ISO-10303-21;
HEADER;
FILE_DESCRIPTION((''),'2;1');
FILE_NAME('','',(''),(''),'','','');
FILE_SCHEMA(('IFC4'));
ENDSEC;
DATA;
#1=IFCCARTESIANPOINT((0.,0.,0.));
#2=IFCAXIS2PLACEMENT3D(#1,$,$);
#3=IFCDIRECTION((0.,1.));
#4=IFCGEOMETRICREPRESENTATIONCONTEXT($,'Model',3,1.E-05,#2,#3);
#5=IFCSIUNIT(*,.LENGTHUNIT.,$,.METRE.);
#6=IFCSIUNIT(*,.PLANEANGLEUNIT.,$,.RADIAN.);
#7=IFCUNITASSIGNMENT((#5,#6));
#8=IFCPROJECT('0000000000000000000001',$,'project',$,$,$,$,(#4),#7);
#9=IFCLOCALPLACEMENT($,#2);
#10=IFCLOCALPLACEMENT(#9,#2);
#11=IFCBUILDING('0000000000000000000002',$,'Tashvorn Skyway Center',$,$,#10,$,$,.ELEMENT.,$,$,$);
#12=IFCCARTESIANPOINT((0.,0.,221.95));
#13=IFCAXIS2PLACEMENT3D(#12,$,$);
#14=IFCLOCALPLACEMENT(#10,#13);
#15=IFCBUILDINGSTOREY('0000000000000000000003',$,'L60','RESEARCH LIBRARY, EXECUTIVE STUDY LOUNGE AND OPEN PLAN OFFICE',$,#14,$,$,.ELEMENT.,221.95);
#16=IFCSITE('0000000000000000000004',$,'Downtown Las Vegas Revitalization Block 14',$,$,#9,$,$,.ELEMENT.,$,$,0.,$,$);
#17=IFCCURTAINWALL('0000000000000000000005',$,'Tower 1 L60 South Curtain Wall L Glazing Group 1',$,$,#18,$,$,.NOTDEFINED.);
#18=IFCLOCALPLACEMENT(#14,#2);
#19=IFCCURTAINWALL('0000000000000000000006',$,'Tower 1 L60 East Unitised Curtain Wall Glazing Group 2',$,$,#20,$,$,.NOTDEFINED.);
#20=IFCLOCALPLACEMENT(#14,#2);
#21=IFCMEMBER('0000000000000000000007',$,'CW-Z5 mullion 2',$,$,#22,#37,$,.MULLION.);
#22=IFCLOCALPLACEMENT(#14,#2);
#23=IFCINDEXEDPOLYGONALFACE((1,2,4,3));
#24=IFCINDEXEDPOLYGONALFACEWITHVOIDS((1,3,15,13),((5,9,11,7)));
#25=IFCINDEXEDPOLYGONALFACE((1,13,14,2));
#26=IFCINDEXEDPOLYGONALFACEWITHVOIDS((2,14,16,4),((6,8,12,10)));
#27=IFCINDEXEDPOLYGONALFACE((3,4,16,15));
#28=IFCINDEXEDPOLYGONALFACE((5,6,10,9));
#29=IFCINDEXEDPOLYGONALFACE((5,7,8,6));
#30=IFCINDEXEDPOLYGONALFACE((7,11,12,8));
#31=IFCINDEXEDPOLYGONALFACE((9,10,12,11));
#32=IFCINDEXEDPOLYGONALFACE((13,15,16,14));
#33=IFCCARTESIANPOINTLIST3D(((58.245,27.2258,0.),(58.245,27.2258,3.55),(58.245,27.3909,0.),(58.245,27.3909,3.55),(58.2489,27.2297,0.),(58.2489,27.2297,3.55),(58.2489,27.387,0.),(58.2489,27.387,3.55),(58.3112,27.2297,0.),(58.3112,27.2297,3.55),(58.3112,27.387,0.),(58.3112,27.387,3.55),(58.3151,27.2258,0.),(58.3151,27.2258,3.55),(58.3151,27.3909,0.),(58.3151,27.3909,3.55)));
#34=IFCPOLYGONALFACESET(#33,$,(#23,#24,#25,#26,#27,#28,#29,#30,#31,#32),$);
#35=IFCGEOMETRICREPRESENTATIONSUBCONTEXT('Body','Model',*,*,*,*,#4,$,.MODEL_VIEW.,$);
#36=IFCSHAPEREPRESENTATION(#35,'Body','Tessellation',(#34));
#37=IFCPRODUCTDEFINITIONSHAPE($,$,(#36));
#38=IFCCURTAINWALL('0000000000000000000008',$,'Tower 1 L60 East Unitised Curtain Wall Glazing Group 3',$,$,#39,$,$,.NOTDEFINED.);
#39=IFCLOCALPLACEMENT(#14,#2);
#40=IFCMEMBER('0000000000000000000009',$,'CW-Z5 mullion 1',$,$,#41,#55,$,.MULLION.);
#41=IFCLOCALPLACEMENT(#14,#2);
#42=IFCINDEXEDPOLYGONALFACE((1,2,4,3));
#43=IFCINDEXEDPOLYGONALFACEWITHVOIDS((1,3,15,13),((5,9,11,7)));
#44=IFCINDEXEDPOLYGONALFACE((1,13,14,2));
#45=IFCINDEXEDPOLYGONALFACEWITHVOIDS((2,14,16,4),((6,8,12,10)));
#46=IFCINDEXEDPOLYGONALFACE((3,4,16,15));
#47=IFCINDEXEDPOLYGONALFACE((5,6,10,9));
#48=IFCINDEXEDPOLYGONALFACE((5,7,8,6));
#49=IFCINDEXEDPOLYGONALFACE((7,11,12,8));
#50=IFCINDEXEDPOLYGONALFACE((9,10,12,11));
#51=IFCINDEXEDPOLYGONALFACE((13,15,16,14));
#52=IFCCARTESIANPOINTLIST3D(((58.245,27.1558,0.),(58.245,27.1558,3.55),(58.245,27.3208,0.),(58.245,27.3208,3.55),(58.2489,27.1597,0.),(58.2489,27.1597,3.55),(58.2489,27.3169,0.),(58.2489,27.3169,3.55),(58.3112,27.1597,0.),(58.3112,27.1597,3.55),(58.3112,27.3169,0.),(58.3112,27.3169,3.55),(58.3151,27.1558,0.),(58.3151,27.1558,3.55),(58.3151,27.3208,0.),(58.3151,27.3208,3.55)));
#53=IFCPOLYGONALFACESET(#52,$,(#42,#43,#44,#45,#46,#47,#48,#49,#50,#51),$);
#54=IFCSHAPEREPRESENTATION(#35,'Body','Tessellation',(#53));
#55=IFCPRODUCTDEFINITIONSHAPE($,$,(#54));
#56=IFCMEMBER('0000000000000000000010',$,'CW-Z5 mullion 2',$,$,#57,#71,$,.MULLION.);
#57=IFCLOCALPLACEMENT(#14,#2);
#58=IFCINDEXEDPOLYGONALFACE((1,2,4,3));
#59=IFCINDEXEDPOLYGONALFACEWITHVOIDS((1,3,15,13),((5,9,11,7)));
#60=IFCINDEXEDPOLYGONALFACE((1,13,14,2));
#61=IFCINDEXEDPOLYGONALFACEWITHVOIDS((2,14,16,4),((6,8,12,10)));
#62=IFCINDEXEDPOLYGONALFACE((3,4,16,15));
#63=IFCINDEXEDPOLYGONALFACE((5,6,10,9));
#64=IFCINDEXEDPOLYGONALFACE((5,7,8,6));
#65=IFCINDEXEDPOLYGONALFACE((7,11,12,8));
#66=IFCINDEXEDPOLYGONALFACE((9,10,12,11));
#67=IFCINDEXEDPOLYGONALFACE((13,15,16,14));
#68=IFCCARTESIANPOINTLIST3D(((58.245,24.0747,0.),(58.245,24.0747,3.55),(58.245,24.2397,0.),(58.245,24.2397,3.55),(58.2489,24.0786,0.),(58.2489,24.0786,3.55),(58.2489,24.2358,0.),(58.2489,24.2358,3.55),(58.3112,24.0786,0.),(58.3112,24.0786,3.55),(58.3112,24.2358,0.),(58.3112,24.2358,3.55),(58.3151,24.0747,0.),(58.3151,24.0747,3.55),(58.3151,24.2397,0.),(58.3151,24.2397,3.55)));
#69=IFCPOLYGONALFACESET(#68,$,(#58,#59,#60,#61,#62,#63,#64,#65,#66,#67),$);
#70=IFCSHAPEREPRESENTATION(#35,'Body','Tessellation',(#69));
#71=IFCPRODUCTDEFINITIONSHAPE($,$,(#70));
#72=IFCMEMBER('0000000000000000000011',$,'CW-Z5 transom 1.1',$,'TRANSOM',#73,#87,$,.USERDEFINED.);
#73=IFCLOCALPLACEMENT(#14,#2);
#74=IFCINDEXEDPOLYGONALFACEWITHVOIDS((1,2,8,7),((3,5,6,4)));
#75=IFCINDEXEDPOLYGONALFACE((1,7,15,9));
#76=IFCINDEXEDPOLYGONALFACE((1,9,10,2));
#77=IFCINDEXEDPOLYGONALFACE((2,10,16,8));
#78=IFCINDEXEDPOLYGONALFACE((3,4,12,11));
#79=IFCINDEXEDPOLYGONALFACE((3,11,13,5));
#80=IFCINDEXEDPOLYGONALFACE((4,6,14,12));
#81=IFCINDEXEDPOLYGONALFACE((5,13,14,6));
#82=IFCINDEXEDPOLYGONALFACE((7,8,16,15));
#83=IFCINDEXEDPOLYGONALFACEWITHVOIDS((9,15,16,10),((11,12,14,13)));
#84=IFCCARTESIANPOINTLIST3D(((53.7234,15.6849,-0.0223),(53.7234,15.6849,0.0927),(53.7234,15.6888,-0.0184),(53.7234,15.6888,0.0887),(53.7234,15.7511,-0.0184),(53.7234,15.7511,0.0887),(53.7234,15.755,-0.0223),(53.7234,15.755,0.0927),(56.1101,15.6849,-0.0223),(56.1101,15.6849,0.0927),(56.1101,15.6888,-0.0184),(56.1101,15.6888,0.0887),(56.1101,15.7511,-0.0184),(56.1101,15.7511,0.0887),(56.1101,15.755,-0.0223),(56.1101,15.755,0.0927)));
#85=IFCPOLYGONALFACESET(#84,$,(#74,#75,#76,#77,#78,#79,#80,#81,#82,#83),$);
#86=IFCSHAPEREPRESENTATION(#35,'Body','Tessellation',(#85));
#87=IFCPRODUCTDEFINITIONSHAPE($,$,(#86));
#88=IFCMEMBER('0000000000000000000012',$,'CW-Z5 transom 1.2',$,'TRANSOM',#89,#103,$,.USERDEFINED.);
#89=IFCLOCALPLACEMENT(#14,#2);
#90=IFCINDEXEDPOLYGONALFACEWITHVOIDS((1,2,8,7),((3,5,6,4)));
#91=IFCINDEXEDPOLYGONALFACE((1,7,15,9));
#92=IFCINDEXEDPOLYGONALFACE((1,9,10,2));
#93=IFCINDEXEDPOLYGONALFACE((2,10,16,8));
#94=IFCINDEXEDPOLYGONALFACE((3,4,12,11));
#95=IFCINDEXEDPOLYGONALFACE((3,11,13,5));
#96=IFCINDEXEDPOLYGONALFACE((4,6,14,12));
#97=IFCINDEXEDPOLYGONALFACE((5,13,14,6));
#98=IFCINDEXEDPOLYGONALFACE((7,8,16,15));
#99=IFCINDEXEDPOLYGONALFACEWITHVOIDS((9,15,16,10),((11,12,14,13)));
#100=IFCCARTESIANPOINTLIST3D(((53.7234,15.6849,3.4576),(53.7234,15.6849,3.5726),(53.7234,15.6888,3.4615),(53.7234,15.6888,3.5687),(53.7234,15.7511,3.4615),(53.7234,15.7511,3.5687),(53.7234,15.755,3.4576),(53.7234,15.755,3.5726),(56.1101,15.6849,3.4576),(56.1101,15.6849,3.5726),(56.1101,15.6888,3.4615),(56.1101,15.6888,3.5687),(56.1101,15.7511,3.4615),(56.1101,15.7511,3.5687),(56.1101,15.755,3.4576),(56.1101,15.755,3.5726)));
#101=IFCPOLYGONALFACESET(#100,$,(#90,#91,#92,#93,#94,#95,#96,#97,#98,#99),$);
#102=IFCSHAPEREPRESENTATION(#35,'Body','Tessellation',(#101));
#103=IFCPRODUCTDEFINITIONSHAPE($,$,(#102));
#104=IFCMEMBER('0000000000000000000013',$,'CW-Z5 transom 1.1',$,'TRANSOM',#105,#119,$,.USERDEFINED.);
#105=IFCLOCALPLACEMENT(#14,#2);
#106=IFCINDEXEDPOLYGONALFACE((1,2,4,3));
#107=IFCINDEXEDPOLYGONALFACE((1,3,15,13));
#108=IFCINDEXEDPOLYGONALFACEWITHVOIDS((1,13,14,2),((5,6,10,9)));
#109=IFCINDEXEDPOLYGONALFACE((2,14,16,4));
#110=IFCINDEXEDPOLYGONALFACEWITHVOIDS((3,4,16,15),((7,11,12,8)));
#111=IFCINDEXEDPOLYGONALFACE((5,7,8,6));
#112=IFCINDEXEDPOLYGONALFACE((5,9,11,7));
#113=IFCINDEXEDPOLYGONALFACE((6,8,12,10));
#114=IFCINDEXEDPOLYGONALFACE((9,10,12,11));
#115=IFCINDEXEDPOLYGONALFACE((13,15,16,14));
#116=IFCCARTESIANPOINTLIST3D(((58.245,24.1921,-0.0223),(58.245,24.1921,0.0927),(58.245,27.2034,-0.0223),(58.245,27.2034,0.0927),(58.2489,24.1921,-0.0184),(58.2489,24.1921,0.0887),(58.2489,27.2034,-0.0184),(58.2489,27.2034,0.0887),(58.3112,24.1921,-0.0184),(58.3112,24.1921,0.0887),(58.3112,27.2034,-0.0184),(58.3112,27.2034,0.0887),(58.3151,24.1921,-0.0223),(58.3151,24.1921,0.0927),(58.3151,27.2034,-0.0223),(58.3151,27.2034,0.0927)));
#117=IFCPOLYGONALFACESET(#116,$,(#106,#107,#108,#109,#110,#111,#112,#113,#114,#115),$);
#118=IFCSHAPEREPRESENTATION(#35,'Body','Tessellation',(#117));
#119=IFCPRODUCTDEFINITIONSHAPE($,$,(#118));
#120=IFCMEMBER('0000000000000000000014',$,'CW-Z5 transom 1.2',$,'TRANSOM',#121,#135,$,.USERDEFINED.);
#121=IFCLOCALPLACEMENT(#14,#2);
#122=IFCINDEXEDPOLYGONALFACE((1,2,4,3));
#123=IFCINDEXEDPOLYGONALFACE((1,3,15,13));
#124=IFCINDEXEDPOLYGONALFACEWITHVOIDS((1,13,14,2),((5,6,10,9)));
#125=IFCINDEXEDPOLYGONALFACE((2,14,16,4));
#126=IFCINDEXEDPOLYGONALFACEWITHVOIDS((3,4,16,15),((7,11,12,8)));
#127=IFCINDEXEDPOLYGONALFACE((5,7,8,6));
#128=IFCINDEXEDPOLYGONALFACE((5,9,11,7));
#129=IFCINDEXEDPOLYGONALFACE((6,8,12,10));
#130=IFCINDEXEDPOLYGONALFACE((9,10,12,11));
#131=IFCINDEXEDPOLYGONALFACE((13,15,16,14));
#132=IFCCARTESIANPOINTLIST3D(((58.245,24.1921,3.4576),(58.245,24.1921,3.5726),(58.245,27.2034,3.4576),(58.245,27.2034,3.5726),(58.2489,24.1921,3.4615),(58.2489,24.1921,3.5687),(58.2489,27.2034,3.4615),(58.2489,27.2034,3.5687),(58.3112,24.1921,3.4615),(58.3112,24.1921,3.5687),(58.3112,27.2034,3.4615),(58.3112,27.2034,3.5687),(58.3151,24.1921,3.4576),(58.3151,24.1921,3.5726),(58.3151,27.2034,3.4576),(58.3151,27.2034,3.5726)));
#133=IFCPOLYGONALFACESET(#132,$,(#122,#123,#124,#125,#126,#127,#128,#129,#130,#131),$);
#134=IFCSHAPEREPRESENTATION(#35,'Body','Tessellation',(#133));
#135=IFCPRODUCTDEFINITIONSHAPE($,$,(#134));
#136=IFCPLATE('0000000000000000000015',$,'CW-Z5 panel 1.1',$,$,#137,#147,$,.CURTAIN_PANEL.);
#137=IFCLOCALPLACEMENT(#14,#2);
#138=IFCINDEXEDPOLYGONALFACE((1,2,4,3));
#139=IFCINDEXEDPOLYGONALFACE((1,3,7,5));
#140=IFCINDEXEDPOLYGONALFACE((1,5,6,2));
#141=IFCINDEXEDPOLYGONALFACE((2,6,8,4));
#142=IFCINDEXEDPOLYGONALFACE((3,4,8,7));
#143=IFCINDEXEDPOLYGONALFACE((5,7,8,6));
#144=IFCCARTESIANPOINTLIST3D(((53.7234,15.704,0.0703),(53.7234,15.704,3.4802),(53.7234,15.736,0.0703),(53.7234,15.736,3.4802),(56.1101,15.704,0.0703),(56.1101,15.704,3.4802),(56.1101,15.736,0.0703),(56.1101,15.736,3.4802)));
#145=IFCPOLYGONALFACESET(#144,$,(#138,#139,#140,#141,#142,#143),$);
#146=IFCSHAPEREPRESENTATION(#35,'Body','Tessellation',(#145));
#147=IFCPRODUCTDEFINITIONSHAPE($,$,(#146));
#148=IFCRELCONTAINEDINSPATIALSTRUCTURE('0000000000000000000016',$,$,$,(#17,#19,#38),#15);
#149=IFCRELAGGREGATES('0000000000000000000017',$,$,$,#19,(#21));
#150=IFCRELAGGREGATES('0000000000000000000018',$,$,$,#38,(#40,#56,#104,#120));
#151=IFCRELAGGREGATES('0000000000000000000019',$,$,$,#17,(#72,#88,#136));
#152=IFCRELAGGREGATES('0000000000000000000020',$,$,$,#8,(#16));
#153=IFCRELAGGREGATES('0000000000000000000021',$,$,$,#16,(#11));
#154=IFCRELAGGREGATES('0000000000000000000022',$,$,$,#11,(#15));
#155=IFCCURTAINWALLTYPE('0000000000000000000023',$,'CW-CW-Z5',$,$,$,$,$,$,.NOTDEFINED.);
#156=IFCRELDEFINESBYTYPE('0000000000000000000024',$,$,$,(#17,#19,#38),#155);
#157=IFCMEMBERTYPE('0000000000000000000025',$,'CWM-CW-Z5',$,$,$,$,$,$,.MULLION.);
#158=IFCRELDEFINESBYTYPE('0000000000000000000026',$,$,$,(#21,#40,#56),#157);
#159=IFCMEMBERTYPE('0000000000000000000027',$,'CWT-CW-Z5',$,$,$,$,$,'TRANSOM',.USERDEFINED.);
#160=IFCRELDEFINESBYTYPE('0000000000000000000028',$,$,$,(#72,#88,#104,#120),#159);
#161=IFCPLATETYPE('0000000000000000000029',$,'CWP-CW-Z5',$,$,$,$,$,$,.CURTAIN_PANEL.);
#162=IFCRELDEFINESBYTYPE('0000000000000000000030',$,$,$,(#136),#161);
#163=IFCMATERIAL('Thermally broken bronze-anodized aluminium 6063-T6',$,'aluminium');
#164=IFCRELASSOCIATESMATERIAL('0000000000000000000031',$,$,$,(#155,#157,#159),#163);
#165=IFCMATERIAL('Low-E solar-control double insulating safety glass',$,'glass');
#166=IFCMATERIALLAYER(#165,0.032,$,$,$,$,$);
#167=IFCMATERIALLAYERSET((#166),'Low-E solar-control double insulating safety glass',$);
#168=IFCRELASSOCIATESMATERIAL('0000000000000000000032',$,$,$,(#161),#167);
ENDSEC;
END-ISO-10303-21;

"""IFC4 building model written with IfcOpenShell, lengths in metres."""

from ifc_helpers import new_model, si_unit, direction, frame, origin, origin_2d, place, context, subcontext, project, spatial, rectangle, hollow_rectangle, extrude, material, layer, layer_set, material_profile, profile_set, type_object, element, aggregate, save


model = new_model("IFC4")

# Units and contexts
model_context = context("Model", 3, precision=1e-05, world=origin(), true_north=direction((0.0, 1.0)))
body_context = subcontext(model_context, "Body", "Model", "MODEL_VIEW")
ifc_project = project(units=[si_unit("LENGTHUNIT", "METRE"), si_unit("PLANEANGLEUNIT", "RADIAN")], contexts=[model_context])

# Site, building, storey
site_placement = place(None, origin())
site = spatial("IfcSite", under=ifc_project, at=site_placement, Name="Downtown Las Vegas Revitalization Block 14", CompositionType="ELEMENT", RefElevation=0.0)
building_placement = place(site_placement, origin())
building = spatial("IfcBuilding", under=site, at=building_placement, Name="Tashvorn Skyway Center", CompositionType="ELEMENT")
storey_placement = place(building_placement, frame((0.0, 0.0, 221.95)))
storey = spatial("IfcBuildingStorey", under=building, at=storey_placement, Name="L60", Description="RESEARCH LIBRARY, EXECUTIVE STUDY LOUNGE AND OPEN PLAN OFFICE", CompositionType="ELEMENT", Elevation=221.95)

# Curtain wall
ifc_material_1 = material(Name="Thermally broken bronze-anodized aluminium 6063-T6", Category="aluminium")
curtain_wall_type = type_object("IfcCurtainWallType", Name="CW-CW-Z5", PredefinedType="NOTDEFINED", material=ifc_material_1)
curtain_wall_1_placement = place(storey_placement, origin())
curtain_wall_1 = element("IfcCurtainWall", 1, at=curtain_wall_1_placement, inside=storey, type_object=curtain_wall_type, Name="Tower 1 L60 South Curtain Wall L Glazing Group 1", PredefinedType="NOTDEFINED")
ifc_material_profile_1 = material_profile(ifc_material_1, hollow_rectangle(XDim=0.0701, YDim=0.165, WallThickness=0.0039, at=origin_2d()), Name="ALU-MULL-70x165")
ifc_profile_set_1 = profile_set([ifc_material_profile_1], Name="Thermally broken bronze-anodized aluminium 6063-T6")
member_type_1 = type_object("IfcMemberType", Name="CWM-CW-Z5", PredefinedType="MULLION", material=ifc_profile_set_1)

# Curtain wall, member
curtain_wall_2_placement = place(storey_placement, origin())
curtain_wall_2 = element("IfcCurtainWall", 2, at=curtain_wall_2_placement, inside=storey, type_object=curtain_wall_type, Name="Tower 1 L60 East Unitised Curtain Wall Glazing Group 2", PredefinedType="NOTDEFINED")
member_1_placement = place(storey_placement, frame((58.28, 27.3083, 0.0), z_axis=(0.0, 0.0, 1.0), x_axis=(1.0, 0.0, 0.0)))
member_1 = element("IfcMember", 3, at=member_1_placement, type_object=member_type_1, Name="CW-Z5 mullion 2", PredefinedType="MULLION", context=body_context, shape_type="SweptSolid", body=[
    extrude(hollow_rectangle(XDim=0.0701, YDim=0.165, WallThickness=0.0039, at=origin_2d()), origin(), (0.0, 0.0, 1.0), 3.55),
])
aggregate(curtain_wall_2, [member_1])

# Curtain wall, members
curtain_wall_3_placement = place(storey_placement, origin())
curtain_wall_3 = element("IfcCurtainWall", 4, at=curtain_wall_3_placement, inside=storey, type_object=curtain_wall_type, Name="Tower 1 L60 East Unitised Curtain Wall Glazing Group 3", PredefinedType="NOTDEFINED")
member_2_placement = place(storey_placement, frame((58.28, 27.2383, 0.0), z_axis=(0.0, 0.0, 1.0), x_axis=(1.0, 0.0, 0.0)))
member_2 = element("IfcMember", 5, at=member_2_placement, type_object=member_type_1, Name="CW-Z5 mullion 1", PredefinedType="MULLION", context=body_context, shape_type="SweptSolid", body=[
    extrude(hollow_rectangle(XDim=0.0701, YDim=0.165, WallThickness=0.0039, at=origin_2d()), origin(), (0.0, 0.0, 1.0), 3.55),
])
member_3_placement = place(storey_placement, frame((58.28, 24.1572, 0.0), z_axis=(0.0, 0.0, 1.0), x_axis=(1.0, 0.0, 0.0)))
member_3 = element("IfcMember", 6, at=member_3_placement, type_object=member_type_1, Name="CW-Z5 mullion 2", PredefinedType="MULLION", context=body_context, shape_type="SweptSolid", body=[
    extrude(hollow_rectangle(XDim=0.0701, YDim=0.165, WallThickness=0.0039, at=origin_2d()), origin(), (0.0, 0.0, 1.0), 3.55),
])

# Members
ifc_material_profile_2 = material_profile(ifc_material_1, hollow_rectangle(XDim=0.0701, YDim=0.115, WallThickness=0.0039, at=origin_2d()), Name="ALU-TRAN-70x115")
ifc_profile_set_2 = profile_set([ifc_material_profile_2], Name="Thermally broken bronze-anodized aluminium 6063-T6")
member_type_2 = type_object("IfcMemberType", Name="CWT-CW-Z5", ElementType="TRANSOM", PredefinedType="USERDEFINED", material=ifc_profile_set_2)
member_4_placement = place(storey_placement, frame((56.1101, 15.72, 0.0352), z_axis=(-1.0, 0.0, 0.0), x_axis=(0.0, -1.0, 0.0)))
member_4 = element("IfcMember", 7, at=member_4_placement, type_object=member_type_2, Name="CW-Z5 transom 1.1", ObjectType="TRANSOM", PredefinedType="USERDEFINED", context=body_context, shape_type="SweptSolid", body=[
    extrude(hollow_rectangle(XDim=0.0701, YDim=0.115, WallThickness=0.0039, at=origin_2d()), origin(), (0.0, 0.0, 1.0), 2.3867),
])
member_5_placement = place(storey_placement, frame((56.1101, 15.72, 3.5151), z_axis=(-1.0, 0.0, 0.0), x_axis=(0.0, -1.0, 0.0)))
member_5 = element("IfcMember", 8, at=member_5_placement, type_object=member_type_2, Name="CW-Z5 transom 1.2", ObjectType="TRANSOM", PredefinedType="USERDEFINED", context=body_context, shape_type="SweptSolid", body=[
    extrude(hollow_rectangle(XDim=0.0701, YDim=0.115, WallThickness=0.0039, at=origin_2d()), origin(), (0.0, 0.0, 1.0), 2.3867),
])
member_6_placement = place(storey_placement, frame((58.28, 27.2034, 0.0352), z_axis=(0.0, -1.0, 0.0), x_axis=(1.0, 0.0, 0.0)))
member_6 = element("IfcMember", 9, at=member_6_placement, type_object=member_type_2, Name="CW-Z5 transom 1.1", ObjectType="TRANSOM", PredefinedType="USERDEFINED", context=body_context, shape_type="SweptSolid", body=[
    extrude(hollow_rectangle(XDim=0.0701, YDim=0.115, WallThickness=0.0039, at=origin_2d()), origin(), (0.0, 0.0, 1.0), 3.0112),
])
member_7_placement = place(storey_placement, frame((58.28, 27.2034, 3.5151), z_axis=(0.0, -1.0, 0.0), x_axis=(1.0, 0.0, 0.0)))
member_7 = element("IfcMember", 10, at=member_7_placement, type_object=member_type_2, Name="CW-Z5 transom 1.2", ObjectType="TRANSOM", PredefinedType="USERDEFINED", context=body_context, shape_type="SweptSolid", body=[
    extrude(hollow_rectangle(XDim=0.0701, YDim=0.115, WallThickness=0.0039, at=origin_2d()), origin(), (0.0, 0.0, 1.0), 3.0112),
])
aggregate(curtain_wall_3, [member_2, member_3, member_6, member_7])

# Plate
ifc_material_2 = material(Name="Low-E solar-control double insulating safety glass", Category="glass")
ifc_layer_1 = layer(ifc_material_2, 0.032)
ifc_layer_set_1 = layer_set([ifc_layer_1], Name="Low-E solar-control double insulating safety glass")
plate_type = type_object("IfcPlateType", Name="CWP-CW-Z5", PredefinedType="CURTAIN_PANEL", material=ifc_layer_set_1)
plate_placement = place(storey_placement, frame((54.9167, 15.72, 0.0703), z_axis=(0.0, 0.0, 1.0), x_axis=(-1.0, 0.0, 0.0)))
plate = element("IfcPlate", 11, at=plate_placement, type_object=plate_type, Name="CW-Z5 panel 1.1", PredefinedType="CURTAIN_PANEL", context=body_context, shape_type="SweptSolid", body=[
    extrude(rectangle(XDim=2.3867, YDim=0.032, at=origin_2d()), origin(), (0.0, 0.0, 1.0), 3.4099),
])
aggregate(curtain_wall_1, [member_4, member_5, plate])

save(model, "model.ifc")
